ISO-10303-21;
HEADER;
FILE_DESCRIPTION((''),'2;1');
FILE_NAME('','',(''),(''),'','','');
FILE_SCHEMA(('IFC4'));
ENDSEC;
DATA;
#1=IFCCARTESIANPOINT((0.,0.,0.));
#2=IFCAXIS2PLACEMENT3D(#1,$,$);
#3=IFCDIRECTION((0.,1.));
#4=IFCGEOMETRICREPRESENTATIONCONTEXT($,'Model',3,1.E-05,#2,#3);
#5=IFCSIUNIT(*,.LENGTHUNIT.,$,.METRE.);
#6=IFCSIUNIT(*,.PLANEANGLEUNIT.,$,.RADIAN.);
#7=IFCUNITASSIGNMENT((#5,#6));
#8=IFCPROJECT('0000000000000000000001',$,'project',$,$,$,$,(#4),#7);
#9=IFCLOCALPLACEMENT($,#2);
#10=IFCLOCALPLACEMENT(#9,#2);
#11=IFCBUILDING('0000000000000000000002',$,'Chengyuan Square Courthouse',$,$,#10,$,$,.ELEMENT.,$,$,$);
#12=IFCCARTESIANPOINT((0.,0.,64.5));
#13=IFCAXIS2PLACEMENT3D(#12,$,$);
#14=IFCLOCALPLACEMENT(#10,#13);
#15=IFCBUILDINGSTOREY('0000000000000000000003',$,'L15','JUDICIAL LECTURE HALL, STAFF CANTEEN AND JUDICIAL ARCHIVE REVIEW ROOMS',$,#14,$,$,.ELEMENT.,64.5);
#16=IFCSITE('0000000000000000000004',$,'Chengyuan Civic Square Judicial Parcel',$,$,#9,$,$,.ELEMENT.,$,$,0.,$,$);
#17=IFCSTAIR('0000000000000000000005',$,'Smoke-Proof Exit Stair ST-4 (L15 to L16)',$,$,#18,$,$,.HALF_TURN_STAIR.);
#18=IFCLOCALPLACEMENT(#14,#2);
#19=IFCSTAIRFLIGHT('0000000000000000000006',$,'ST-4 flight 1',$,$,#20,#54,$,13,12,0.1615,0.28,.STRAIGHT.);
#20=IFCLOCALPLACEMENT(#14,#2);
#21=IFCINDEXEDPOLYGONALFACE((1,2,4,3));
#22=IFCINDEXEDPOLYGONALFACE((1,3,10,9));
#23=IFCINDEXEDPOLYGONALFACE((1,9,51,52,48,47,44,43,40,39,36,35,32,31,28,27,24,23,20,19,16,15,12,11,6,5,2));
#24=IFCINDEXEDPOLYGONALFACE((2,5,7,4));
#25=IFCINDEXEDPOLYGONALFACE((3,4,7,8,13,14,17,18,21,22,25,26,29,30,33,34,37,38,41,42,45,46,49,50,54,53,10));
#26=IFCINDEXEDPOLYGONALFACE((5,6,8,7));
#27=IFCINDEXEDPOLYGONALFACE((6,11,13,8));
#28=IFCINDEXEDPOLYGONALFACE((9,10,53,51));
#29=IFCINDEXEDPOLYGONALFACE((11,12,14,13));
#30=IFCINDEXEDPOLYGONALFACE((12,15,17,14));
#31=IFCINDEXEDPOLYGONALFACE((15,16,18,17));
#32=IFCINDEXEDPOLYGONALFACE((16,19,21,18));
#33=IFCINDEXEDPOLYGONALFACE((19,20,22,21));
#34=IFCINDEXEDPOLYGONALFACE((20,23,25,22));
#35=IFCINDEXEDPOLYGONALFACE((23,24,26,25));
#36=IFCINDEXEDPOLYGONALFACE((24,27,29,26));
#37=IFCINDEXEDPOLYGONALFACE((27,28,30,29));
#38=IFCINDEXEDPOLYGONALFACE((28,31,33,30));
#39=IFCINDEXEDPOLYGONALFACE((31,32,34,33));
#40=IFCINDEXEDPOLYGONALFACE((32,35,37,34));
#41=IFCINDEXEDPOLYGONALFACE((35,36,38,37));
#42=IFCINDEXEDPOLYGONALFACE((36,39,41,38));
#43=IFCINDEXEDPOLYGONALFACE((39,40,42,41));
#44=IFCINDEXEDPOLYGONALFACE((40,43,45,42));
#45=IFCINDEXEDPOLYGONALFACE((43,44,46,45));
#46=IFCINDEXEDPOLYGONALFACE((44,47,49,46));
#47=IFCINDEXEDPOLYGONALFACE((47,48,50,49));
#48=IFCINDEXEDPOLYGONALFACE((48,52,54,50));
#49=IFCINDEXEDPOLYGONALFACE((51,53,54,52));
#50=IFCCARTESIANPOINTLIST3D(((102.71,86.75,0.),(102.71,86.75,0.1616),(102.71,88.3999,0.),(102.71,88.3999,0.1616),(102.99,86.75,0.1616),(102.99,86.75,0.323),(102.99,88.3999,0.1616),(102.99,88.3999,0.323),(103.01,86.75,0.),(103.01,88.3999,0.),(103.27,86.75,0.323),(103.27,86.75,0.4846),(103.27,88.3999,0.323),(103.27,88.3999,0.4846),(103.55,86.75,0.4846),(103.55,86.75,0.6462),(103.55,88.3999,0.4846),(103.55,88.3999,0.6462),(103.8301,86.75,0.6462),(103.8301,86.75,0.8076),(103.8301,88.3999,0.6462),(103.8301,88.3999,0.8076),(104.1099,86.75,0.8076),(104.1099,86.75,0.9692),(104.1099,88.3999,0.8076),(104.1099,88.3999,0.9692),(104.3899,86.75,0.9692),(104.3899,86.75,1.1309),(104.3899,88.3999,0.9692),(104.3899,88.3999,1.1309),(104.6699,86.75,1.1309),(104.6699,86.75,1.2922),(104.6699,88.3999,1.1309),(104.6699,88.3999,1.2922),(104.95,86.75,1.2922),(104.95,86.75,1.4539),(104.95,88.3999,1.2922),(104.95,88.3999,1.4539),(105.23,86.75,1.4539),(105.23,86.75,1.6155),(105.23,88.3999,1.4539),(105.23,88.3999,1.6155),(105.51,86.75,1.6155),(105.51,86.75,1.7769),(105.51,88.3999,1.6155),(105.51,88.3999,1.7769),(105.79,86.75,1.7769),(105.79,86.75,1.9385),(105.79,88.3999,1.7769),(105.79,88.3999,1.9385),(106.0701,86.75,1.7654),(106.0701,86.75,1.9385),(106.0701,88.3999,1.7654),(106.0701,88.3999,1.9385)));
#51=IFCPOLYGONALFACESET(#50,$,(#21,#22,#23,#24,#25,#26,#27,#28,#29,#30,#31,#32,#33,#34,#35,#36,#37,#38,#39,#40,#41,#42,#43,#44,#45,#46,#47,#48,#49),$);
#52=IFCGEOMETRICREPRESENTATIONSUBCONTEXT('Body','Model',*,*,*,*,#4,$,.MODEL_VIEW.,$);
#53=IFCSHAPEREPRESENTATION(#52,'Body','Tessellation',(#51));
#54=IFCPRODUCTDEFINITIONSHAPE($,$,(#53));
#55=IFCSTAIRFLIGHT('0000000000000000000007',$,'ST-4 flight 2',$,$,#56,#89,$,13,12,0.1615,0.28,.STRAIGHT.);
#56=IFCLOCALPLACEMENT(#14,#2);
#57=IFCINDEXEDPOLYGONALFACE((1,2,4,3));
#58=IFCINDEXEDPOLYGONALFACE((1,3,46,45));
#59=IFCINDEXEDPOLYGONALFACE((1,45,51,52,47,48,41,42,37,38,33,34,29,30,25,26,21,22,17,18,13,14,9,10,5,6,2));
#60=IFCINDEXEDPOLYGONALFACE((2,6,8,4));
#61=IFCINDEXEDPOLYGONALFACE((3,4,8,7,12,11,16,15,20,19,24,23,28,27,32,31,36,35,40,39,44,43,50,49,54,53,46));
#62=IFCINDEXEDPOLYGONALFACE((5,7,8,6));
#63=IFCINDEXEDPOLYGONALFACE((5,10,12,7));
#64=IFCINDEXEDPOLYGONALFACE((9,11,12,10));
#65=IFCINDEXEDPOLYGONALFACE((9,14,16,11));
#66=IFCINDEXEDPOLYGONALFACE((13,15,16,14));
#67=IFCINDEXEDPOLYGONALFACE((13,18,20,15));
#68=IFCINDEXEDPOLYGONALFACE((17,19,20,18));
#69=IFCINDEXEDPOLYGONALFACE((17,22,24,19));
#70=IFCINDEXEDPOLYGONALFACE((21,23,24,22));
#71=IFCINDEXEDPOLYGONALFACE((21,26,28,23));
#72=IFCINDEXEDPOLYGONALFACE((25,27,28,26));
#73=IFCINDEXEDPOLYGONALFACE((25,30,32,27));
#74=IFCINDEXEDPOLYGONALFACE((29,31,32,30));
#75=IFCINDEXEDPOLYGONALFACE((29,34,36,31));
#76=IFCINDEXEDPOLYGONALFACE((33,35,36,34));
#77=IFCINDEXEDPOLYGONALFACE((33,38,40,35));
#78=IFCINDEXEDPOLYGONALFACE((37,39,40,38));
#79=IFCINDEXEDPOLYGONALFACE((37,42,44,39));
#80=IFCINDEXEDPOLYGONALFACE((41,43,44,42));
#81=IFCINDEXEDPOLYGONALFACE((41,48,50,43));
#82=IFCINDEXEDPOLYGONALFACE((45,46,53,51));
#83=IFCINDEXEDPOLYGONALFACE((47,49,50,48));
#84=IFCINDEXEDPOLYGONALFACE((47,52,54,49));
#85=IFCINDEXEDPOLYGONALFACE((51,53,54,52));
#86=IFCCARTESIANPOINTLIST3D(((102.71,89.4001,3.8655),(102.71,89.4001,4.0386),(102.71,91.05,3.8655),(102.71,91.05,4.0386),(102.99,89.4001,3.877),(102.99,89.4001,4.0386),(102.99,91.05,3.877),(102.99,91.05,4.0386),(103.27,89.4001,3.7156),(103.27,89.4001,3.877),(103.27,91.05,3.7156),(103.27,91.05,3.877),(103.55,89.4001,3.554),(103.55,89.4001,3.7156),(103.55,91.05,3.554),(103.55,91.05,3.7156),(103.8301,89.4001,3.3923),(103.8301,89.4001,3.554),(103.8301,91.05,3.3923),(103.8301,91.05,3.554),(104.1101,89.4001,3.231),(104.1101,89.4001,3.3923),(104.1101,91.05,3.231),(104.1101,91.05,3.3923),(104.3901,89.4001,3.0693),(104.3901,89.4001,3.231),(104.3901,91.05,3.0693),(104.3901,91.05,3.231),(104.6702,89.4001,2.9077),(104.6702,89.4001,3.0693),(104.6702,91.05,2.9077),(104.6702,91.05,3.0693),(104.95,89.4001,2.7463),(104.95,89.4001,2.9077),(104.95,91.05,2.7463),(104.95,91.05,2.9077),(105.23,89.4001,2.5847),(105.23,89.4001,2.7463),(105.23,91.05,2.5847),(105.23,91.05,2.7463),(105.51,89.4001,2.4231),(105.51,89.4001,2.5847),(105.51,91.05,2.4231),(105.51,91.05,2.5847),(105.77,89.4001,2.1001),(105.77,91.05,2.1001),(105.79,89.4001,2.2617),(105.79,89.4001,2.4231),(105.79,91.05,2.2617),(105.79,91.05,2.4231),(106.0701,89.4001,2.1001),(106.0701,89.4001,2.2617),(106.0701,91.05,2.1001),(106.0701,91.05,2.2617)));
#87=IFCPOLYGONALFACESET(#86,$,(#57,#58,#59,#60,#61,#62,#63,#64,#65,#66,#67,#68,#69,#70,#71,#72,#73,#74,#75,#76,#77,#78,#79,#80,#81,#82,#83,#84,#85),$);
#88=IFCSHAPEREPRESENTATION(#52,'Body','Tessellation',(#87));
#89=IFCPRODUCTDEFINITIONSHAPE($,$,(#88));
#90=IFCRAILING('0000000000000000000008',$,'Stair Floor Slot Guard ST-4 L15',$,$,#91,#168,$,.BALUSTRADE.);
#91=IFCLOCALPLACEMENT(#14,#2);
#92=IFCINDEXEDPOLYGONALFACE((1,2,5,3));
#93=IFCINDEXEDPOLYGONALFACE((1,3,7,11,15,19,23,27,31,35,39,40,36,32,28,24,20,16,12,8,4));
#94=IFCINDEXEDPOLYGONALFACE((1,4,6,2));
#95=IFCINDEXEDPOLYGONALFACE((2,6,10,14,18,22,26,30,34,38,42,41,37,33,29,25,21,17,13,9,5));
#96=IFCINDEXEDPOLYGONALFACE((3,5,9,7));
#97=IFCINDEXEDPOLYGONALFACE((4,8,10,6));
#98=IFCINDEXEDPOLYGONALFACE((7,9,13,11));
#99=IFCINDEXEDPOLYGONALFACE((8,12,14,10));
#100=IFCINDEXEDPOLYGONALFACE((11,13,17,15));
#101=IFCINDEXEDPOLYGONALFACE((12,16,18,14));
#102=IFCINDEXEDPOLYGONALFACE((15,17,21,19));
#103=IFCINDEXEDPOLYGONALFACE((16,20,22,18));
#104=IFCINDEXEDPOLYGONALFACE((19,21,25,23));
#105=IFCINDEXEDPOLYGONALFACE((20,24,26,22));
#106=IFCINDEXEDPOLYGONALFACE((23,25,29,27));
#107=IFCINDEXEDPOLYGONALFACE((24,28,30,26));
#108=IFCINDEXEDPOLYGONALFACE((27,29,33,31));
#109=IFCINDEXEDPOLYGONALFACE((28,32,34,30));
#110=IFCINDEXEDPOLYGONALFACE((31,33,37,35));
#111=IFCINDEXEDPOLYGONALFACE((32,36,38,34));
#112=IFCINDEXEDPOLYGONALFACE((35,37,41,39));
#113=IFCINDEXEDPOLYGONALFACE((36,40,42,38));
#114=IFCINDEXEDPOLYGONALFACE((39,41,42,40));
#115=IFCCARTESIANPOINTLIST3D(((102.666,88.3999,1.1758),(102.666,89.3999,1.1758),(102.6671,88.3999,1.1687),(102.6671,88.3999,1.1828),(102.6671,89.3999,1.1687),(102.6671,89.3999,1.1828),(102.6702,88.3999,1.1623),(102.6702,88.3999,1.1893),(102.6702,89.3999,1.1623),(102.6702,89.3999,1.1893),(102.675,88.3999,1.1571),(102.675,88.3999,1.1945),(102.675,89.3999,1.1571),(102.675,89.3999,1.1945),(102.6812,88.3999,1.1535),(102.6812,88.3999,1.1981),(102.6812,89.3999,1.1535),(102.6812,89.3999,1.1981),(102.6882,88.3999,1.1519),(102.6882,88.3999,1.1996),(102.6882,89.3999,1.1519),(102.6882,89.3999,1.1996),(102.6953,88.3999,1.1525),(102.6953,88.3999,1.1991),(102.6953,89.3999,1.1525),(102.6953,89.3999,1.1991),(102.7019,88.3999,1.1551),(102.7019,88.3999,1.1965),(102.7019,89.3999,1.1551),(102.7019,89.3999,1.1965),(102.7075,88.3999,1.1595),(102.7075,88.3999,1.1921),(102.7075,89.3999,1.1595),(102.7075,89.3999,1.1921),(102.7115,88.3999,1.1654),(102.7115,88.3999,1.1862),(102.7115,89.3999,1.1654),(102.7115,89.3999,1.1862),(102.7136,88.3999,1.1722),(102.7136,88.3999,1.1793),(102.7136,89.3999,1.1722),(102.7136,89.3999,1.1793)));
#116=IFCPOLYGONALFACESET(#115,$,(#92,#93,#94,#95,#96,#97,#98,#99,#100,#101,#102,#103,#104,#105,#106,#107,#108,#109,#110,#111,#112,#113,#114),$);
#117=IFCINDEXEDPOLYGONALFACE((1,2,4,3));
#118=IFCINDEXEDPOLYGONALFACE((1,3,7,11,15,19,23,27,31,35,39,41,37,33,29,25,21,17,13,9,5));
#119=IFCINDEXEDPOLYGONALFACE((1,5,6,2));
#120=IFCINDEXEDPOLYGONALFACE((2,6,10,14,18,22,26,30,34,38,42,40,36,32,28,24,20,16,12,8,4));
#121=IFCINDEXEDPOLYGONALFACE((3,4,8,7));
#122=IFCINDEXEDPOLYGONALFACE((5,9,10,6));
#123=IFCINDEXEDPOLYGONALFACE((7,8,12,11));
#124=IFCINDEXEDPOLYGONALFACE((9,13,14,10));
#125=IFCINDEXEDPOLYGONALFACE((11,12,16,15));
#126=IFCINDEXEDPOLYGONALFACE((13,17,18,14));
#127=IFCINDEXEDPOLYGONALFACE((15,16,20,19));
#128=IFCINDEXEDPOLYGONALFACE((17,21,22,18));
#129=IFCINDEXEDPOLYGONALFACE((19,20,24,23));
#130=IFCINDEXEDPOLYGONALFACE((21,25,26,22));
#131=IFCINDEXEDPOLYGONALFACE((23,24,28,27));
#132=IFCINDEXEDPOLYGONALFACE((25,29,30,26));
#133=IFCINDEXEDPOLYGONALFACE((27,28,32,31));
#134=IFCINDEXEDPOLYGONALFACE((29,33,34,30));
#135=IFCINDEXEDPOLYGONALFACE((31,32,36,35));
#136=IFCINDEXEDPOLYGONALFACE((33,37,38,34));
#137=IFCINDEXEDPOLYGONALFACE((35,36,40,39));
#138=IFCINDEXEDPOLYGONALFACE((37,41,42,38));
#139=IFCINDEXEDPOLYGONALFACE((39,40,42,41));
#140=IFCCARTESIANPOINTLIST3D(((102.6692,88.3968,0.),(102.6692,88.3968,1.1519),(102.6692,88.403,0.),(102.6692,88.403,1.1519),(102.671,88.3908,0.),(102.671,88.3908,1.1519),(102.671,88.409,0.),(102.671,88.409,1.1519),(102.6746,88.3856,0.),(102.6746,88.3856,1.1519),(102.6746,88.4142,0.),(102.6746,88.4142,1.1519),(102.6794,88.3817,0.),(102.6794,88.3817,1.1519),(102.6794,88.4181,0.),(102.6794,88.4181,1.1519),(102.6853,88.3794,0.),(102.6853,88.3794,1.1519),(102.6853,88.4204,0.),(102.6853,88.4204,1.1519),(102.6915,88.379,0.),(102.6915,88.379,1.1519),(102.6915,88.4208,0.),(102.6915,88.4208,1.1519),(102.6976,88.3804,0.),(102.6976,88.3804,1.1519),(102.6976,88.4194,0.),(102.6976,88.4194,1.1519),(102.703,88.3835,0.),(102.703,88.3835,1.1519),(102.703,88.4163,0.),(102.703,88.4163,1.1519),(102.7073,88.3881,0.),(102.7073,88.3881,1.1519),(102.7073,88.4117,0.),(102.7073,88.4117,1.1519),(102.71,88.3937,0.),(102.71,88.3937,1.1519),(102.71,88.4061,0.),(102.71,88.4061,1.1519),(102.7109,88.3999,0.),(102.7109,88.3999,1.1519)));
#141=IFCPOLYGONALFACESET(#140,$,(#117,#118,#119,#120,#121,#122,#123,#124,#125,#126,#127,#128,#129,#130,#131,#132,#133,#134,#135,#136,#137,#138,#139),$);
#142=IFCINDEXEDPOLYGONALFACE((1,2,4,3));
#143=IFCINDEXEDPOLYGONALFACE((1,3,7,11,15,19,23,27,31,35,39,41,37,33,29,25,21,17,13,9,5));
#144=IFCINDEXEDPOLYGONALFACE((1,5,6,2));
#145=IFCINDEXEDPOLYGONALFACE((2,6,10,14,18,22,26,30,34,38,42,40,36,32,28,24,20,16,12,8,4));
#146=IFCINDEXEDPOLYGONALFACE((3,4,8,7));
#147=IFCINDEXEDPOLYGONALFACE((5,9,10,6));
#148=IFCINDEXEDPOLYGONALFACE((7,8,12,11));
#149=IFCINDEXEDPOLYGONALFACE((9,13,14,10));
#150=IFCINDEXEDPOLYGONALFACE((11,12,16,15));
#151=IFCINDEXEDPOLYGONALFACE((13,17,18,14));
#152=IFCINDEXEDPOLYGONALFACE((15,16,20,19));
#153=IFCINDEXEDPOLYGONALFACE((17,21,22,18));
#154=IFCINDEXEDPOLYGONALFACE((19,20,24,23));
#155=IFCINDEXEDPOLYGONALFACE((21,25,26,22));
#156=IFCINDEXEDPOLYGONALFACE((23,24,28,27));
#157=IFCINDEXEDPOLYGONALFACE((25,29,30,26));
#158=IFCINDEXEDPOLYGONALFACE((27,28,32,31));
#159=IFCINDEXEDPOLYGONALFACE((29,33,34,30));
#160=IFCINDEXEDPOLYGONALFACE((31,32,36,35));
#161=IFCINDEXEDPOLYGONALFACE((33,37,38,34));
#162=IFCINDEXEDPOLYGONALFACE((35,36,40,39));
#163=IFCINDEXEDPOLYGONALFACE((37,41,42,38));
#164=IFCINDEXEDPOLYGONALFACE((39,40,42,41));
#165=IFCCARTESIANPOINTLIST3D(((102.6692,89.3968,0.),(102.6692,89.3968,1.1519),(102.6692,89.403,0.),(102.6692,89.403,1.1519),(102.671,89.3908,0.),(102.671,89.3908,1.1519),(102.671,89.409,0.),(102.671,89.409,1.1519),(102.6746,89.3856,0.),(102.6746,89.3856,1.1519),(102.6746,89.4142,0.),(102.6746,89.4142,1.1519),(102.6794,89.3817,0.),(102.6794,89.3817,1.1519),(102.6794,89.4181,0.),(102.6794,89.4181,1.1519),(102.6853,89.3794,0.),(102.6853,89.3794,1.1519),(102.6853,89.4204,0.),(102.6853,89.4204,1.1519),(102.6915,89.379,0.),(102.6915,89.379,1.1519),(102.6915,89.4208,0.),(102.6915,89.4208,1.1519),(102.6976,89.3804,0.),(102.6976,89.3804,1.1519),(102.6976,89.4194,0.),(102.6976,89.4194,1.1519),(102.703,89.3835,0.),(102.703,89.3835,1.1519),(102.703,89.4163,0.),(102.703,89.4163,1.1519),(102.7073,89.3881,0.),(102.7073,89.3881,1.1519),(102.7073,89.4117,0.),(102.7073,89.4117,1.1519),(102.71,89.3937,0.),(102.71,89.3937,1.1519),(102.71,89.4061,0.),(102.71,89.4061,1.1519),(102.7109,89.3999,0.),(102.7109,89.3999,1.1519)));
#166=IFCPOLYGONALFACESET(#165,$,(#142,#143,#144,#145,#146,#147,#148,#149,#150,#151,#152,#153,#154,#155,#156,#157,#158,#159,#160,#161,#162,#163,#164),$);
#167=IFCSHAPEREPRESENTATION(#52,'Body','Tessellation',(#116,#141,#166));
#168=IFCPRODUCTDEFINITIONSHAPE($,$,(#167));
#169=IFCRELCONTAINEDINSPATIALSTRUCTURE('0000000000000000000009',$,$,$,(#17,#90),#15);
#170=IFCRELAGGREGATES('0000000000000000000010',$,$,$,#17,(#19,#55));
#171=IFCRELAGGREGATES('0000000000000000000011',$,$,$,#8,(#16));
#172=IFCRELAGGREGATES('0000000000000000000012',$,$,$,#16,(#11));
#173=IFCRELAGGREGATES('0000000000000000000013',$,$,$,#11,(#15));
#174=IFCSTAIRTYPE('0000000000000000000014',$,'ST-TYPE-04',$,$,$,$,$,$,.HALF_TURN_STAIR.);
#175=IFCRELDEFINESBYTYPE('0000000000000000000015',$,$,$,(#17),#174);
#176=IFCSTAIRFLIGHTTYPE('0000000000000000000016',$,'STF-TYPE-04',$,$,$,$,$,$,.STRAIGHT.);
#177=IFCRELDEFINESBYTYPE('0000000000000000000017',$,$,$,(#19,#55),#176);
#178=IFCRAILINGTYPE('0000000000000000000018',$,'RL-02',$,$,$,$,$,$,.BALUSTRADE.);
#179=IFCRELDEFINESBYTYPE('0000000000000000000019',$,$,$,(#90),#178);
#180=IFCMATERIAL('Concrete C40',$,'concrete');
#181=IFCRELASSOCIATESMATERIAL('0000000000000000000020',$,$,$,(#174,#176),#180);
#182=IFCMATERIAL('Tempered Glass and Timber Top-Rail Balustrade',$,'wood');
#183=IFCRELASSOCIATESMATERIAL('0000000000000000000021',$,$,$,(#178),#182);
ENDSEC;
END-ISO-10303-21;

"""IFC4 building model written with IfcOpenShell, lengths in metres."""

from ifc_helpers import new_model, si_unit, direction, frame, origin, origin_2d, place, context, subcontext, project, spatial, polyline, circle, outline, extrude, material, type_object, element, aggregate, save


model = new_model("IFC4")

# Units and contexts
model_context = context("Model", 3, precision=1e-05, world=origin(), true_north=direction((0.0, 1.0)))
body_context = subcontext(model_context, "Body", "Model", "MODEL_VIEW")
ifc_project = project(units=[si_unit("LENGTHUNIT", "METRE"), si_unit("PLANEANGLEUNIT", "RADIAN")], contexts=[model_context])

# Site, building, storey
site_placement = place(None, origin())
site = spatial("IfcSite", under=ifc_project, at=site_placement, Name="Chengyuan Civic Square Judicial Parcel", CompositionType="ELEMENT", RefElevation=0.0)
building_placement = place(site_placement, origin())
building = spatial("IfcBuilding", under=site, at=building_placement, Name="Chengyuan Square Courthouse", CompositionType="ELEMENT")
storey_placement = place(building_placement, frame((0.0, 0.0, 64.5)))
storey = spatial("IfcBuildingStorey", under=building, at=storey_placement, Name="L15", Description="JUDICIAL LECTURE HALL, STAFF CANTEEN AND JUDICIAL ARCHIVE REVIEW ROOMS", CompositionType="ELEMENT", Elevation=64.5)

# Shared definitions
ifc_material_1 = material(Name="Concrete C40", Category="concrete")

# Stair, stair flights
stair_type = type_object("IfcStairType", Name="ST-TYPE-04", PredefinedType="HALF_TURN_STAIR", material=ifc_material_1)
stair_placement = place(storey_placement, origin())
stair = element("IfcStair", 1, at=stair_placement, inside=storey, type_object=stair_type, Name="Smoke-Proof Exit Stair ST-4 (L15 to L16)", PredefinedType="HALF_TURN_STAIR")
stair_flight_type = type_object("IfcStairFlightType", Name="STF-TYPE-04", PredefinedType="STRAIGHT", material=ifc_material_1)
stair_flight_1_placement = place(storey_placement, frame((102.71, 87.575, 0.0), z_axis=(0.0, 0.0, 1.0), x_axis=(1.0, 0.0, 0.0)))
stair_flight_1 = element("IfcStairFlight", 2, at=stair_flight_1_placement, type_object=stair_flight_type, Name="ST-4 flight 1", NumberOfRisers=13, NumberOfTreads=12, PredefinedType="STRAIGHT", RiserHeight=0.1615, TreadLength=0.28, context=body_context, shape_type="SweptSolid", body=[
    extrude(outline(polyline([(0.0, 0.0), (0.0, 0.1616), (0.28, 0.1616), (0.28, 0.323), (0.5601, 0.323), (0.5601, 0.4846), (0.8401, 0.4846), (0.8401, 0.6462), (1.1201, 0.6462), (1.1201, 0.8076), (1.3999, 0.8076), (1.3999, 0.9692), (1.6799, 0.9692), (1.6799, 1.1309), (1.96, 1.1309), (1.96, 1.2922), (2.24, 1.2922), (2.24, 1.4539), (2.52, 1.4539), (2.52, 1.6155), (2.8, 1.6155), (2.8, 1.7769), (3.0801, 1.7769), (3.0801, 1.9385), (3.3601, 1.9385), (3.3601, 2.1001), (3.3601, 1.7654), (0.3, 0.0), (0.0, 0.0)])), frame((0.0, 0.825, 0.0), z_axis=(0.0, -1.0, 0.0), x_axis=(1.0, 0.0, 0.0)), (0.0, 0.0, 1.0), 1.6499),
])
stair_flight_2_placement = place(storey_placement, frame((106.0701, 90.2251, 2.1001), z_axis=(0.0, 0.0, 1.0), x_axis=(-1.0, 0.0, 0.0)))
stair_flight_2 = element("IfcStairFlight", 3, at=stair_flight_2_placement, type_object=stair_flight_type, Name="ST-4 flight 2", NumberOfRisers=13, NumberOfTreads=12, PredefinedType="STRAIGHT", RiserHeight=0.1615, TreadLength=0.28, context=body_context, shape_type="SweptSolid", body=[
    extrude(outline(polyline([(0.0, 0.0), (0.0, 0.1616), (0.28, 0.1616), (0.28, 0.323), (0.5601, 0.323), (0.5601, 0.4846), (0.8401, 0.4846), (0.8401, 0.6462), (1.1201, 0.6462), (1.1201, 0.8076), (1.3999, 0.8076), (1.3999, 0.9692), (1.6799, 0.9692), (1.6799, 1.1309), (1.96, 1.1309), (1.96, 1.2922), (2.24, 1.2922), (2.24, 1.4539), (2.52, 1.4539), (2.52, 1.6155), (2.8, 1.6155), (2.8, 1.7769), (3.0801, 1.7769), (3.0801, 1.9385), (3.3601, 1.9385), (3.3601, 2.1001), (3.3601, 1.7654), (0.3, 0.0), (0.0, 0.0)])), frame((0.0, 0.825, 0.0), z_axis=(0.0, -1.0, 0.0), x_axis=(1.0, 0.0, 0.0)), (0.0, 0.0, 1.0), 1.6499),
])
aggregate(stair, [stair_flight_1, stair_flight_2])

# Railing
ifc_material_2 = material(Name="Tempered Glass and Timber Top-Rail Balustrade", Category="wood")
railing_type_1 = type_object("IfcRailingType", Name="RL-02", PredefinedType="BALUSTRADE", material=ifc_material_2)
for number, where, name in (
    (4, (102.6899, 88.3999, 0.0), "Stair Floor Slot Guard ST-4 L15"),
):
    element("IfcRailing", number, at=place(storey_placement, frame(where)), inside=storey, type_object=railing_type_1, Name=name, PredefinedType="BALUSTRADE", context=body_context, shape_type="SweptSolid", body=[
        extrude(circle(Radius=0.0239, at=origin_2d()), frame((0.0, 0.0, 1.1758), z_axis=(0.0, 1.0, 0.0), x_axis=(-1.0, 0.0, 0.0)), (0.0, 0.0, 1.0), 1.0),
        extrude(circle(Radius=0.021, at=origin_2d()), origin(), (0.0, 0.0, 1.0), 1.1519),
        extrude(circle(Radius=0.021, at=origin_2d()), frame((0.0, 1.0, 0.0)), (0.0, 0.0, 1.0), 1.1519),
    ])

save(model, "model.ifc")
